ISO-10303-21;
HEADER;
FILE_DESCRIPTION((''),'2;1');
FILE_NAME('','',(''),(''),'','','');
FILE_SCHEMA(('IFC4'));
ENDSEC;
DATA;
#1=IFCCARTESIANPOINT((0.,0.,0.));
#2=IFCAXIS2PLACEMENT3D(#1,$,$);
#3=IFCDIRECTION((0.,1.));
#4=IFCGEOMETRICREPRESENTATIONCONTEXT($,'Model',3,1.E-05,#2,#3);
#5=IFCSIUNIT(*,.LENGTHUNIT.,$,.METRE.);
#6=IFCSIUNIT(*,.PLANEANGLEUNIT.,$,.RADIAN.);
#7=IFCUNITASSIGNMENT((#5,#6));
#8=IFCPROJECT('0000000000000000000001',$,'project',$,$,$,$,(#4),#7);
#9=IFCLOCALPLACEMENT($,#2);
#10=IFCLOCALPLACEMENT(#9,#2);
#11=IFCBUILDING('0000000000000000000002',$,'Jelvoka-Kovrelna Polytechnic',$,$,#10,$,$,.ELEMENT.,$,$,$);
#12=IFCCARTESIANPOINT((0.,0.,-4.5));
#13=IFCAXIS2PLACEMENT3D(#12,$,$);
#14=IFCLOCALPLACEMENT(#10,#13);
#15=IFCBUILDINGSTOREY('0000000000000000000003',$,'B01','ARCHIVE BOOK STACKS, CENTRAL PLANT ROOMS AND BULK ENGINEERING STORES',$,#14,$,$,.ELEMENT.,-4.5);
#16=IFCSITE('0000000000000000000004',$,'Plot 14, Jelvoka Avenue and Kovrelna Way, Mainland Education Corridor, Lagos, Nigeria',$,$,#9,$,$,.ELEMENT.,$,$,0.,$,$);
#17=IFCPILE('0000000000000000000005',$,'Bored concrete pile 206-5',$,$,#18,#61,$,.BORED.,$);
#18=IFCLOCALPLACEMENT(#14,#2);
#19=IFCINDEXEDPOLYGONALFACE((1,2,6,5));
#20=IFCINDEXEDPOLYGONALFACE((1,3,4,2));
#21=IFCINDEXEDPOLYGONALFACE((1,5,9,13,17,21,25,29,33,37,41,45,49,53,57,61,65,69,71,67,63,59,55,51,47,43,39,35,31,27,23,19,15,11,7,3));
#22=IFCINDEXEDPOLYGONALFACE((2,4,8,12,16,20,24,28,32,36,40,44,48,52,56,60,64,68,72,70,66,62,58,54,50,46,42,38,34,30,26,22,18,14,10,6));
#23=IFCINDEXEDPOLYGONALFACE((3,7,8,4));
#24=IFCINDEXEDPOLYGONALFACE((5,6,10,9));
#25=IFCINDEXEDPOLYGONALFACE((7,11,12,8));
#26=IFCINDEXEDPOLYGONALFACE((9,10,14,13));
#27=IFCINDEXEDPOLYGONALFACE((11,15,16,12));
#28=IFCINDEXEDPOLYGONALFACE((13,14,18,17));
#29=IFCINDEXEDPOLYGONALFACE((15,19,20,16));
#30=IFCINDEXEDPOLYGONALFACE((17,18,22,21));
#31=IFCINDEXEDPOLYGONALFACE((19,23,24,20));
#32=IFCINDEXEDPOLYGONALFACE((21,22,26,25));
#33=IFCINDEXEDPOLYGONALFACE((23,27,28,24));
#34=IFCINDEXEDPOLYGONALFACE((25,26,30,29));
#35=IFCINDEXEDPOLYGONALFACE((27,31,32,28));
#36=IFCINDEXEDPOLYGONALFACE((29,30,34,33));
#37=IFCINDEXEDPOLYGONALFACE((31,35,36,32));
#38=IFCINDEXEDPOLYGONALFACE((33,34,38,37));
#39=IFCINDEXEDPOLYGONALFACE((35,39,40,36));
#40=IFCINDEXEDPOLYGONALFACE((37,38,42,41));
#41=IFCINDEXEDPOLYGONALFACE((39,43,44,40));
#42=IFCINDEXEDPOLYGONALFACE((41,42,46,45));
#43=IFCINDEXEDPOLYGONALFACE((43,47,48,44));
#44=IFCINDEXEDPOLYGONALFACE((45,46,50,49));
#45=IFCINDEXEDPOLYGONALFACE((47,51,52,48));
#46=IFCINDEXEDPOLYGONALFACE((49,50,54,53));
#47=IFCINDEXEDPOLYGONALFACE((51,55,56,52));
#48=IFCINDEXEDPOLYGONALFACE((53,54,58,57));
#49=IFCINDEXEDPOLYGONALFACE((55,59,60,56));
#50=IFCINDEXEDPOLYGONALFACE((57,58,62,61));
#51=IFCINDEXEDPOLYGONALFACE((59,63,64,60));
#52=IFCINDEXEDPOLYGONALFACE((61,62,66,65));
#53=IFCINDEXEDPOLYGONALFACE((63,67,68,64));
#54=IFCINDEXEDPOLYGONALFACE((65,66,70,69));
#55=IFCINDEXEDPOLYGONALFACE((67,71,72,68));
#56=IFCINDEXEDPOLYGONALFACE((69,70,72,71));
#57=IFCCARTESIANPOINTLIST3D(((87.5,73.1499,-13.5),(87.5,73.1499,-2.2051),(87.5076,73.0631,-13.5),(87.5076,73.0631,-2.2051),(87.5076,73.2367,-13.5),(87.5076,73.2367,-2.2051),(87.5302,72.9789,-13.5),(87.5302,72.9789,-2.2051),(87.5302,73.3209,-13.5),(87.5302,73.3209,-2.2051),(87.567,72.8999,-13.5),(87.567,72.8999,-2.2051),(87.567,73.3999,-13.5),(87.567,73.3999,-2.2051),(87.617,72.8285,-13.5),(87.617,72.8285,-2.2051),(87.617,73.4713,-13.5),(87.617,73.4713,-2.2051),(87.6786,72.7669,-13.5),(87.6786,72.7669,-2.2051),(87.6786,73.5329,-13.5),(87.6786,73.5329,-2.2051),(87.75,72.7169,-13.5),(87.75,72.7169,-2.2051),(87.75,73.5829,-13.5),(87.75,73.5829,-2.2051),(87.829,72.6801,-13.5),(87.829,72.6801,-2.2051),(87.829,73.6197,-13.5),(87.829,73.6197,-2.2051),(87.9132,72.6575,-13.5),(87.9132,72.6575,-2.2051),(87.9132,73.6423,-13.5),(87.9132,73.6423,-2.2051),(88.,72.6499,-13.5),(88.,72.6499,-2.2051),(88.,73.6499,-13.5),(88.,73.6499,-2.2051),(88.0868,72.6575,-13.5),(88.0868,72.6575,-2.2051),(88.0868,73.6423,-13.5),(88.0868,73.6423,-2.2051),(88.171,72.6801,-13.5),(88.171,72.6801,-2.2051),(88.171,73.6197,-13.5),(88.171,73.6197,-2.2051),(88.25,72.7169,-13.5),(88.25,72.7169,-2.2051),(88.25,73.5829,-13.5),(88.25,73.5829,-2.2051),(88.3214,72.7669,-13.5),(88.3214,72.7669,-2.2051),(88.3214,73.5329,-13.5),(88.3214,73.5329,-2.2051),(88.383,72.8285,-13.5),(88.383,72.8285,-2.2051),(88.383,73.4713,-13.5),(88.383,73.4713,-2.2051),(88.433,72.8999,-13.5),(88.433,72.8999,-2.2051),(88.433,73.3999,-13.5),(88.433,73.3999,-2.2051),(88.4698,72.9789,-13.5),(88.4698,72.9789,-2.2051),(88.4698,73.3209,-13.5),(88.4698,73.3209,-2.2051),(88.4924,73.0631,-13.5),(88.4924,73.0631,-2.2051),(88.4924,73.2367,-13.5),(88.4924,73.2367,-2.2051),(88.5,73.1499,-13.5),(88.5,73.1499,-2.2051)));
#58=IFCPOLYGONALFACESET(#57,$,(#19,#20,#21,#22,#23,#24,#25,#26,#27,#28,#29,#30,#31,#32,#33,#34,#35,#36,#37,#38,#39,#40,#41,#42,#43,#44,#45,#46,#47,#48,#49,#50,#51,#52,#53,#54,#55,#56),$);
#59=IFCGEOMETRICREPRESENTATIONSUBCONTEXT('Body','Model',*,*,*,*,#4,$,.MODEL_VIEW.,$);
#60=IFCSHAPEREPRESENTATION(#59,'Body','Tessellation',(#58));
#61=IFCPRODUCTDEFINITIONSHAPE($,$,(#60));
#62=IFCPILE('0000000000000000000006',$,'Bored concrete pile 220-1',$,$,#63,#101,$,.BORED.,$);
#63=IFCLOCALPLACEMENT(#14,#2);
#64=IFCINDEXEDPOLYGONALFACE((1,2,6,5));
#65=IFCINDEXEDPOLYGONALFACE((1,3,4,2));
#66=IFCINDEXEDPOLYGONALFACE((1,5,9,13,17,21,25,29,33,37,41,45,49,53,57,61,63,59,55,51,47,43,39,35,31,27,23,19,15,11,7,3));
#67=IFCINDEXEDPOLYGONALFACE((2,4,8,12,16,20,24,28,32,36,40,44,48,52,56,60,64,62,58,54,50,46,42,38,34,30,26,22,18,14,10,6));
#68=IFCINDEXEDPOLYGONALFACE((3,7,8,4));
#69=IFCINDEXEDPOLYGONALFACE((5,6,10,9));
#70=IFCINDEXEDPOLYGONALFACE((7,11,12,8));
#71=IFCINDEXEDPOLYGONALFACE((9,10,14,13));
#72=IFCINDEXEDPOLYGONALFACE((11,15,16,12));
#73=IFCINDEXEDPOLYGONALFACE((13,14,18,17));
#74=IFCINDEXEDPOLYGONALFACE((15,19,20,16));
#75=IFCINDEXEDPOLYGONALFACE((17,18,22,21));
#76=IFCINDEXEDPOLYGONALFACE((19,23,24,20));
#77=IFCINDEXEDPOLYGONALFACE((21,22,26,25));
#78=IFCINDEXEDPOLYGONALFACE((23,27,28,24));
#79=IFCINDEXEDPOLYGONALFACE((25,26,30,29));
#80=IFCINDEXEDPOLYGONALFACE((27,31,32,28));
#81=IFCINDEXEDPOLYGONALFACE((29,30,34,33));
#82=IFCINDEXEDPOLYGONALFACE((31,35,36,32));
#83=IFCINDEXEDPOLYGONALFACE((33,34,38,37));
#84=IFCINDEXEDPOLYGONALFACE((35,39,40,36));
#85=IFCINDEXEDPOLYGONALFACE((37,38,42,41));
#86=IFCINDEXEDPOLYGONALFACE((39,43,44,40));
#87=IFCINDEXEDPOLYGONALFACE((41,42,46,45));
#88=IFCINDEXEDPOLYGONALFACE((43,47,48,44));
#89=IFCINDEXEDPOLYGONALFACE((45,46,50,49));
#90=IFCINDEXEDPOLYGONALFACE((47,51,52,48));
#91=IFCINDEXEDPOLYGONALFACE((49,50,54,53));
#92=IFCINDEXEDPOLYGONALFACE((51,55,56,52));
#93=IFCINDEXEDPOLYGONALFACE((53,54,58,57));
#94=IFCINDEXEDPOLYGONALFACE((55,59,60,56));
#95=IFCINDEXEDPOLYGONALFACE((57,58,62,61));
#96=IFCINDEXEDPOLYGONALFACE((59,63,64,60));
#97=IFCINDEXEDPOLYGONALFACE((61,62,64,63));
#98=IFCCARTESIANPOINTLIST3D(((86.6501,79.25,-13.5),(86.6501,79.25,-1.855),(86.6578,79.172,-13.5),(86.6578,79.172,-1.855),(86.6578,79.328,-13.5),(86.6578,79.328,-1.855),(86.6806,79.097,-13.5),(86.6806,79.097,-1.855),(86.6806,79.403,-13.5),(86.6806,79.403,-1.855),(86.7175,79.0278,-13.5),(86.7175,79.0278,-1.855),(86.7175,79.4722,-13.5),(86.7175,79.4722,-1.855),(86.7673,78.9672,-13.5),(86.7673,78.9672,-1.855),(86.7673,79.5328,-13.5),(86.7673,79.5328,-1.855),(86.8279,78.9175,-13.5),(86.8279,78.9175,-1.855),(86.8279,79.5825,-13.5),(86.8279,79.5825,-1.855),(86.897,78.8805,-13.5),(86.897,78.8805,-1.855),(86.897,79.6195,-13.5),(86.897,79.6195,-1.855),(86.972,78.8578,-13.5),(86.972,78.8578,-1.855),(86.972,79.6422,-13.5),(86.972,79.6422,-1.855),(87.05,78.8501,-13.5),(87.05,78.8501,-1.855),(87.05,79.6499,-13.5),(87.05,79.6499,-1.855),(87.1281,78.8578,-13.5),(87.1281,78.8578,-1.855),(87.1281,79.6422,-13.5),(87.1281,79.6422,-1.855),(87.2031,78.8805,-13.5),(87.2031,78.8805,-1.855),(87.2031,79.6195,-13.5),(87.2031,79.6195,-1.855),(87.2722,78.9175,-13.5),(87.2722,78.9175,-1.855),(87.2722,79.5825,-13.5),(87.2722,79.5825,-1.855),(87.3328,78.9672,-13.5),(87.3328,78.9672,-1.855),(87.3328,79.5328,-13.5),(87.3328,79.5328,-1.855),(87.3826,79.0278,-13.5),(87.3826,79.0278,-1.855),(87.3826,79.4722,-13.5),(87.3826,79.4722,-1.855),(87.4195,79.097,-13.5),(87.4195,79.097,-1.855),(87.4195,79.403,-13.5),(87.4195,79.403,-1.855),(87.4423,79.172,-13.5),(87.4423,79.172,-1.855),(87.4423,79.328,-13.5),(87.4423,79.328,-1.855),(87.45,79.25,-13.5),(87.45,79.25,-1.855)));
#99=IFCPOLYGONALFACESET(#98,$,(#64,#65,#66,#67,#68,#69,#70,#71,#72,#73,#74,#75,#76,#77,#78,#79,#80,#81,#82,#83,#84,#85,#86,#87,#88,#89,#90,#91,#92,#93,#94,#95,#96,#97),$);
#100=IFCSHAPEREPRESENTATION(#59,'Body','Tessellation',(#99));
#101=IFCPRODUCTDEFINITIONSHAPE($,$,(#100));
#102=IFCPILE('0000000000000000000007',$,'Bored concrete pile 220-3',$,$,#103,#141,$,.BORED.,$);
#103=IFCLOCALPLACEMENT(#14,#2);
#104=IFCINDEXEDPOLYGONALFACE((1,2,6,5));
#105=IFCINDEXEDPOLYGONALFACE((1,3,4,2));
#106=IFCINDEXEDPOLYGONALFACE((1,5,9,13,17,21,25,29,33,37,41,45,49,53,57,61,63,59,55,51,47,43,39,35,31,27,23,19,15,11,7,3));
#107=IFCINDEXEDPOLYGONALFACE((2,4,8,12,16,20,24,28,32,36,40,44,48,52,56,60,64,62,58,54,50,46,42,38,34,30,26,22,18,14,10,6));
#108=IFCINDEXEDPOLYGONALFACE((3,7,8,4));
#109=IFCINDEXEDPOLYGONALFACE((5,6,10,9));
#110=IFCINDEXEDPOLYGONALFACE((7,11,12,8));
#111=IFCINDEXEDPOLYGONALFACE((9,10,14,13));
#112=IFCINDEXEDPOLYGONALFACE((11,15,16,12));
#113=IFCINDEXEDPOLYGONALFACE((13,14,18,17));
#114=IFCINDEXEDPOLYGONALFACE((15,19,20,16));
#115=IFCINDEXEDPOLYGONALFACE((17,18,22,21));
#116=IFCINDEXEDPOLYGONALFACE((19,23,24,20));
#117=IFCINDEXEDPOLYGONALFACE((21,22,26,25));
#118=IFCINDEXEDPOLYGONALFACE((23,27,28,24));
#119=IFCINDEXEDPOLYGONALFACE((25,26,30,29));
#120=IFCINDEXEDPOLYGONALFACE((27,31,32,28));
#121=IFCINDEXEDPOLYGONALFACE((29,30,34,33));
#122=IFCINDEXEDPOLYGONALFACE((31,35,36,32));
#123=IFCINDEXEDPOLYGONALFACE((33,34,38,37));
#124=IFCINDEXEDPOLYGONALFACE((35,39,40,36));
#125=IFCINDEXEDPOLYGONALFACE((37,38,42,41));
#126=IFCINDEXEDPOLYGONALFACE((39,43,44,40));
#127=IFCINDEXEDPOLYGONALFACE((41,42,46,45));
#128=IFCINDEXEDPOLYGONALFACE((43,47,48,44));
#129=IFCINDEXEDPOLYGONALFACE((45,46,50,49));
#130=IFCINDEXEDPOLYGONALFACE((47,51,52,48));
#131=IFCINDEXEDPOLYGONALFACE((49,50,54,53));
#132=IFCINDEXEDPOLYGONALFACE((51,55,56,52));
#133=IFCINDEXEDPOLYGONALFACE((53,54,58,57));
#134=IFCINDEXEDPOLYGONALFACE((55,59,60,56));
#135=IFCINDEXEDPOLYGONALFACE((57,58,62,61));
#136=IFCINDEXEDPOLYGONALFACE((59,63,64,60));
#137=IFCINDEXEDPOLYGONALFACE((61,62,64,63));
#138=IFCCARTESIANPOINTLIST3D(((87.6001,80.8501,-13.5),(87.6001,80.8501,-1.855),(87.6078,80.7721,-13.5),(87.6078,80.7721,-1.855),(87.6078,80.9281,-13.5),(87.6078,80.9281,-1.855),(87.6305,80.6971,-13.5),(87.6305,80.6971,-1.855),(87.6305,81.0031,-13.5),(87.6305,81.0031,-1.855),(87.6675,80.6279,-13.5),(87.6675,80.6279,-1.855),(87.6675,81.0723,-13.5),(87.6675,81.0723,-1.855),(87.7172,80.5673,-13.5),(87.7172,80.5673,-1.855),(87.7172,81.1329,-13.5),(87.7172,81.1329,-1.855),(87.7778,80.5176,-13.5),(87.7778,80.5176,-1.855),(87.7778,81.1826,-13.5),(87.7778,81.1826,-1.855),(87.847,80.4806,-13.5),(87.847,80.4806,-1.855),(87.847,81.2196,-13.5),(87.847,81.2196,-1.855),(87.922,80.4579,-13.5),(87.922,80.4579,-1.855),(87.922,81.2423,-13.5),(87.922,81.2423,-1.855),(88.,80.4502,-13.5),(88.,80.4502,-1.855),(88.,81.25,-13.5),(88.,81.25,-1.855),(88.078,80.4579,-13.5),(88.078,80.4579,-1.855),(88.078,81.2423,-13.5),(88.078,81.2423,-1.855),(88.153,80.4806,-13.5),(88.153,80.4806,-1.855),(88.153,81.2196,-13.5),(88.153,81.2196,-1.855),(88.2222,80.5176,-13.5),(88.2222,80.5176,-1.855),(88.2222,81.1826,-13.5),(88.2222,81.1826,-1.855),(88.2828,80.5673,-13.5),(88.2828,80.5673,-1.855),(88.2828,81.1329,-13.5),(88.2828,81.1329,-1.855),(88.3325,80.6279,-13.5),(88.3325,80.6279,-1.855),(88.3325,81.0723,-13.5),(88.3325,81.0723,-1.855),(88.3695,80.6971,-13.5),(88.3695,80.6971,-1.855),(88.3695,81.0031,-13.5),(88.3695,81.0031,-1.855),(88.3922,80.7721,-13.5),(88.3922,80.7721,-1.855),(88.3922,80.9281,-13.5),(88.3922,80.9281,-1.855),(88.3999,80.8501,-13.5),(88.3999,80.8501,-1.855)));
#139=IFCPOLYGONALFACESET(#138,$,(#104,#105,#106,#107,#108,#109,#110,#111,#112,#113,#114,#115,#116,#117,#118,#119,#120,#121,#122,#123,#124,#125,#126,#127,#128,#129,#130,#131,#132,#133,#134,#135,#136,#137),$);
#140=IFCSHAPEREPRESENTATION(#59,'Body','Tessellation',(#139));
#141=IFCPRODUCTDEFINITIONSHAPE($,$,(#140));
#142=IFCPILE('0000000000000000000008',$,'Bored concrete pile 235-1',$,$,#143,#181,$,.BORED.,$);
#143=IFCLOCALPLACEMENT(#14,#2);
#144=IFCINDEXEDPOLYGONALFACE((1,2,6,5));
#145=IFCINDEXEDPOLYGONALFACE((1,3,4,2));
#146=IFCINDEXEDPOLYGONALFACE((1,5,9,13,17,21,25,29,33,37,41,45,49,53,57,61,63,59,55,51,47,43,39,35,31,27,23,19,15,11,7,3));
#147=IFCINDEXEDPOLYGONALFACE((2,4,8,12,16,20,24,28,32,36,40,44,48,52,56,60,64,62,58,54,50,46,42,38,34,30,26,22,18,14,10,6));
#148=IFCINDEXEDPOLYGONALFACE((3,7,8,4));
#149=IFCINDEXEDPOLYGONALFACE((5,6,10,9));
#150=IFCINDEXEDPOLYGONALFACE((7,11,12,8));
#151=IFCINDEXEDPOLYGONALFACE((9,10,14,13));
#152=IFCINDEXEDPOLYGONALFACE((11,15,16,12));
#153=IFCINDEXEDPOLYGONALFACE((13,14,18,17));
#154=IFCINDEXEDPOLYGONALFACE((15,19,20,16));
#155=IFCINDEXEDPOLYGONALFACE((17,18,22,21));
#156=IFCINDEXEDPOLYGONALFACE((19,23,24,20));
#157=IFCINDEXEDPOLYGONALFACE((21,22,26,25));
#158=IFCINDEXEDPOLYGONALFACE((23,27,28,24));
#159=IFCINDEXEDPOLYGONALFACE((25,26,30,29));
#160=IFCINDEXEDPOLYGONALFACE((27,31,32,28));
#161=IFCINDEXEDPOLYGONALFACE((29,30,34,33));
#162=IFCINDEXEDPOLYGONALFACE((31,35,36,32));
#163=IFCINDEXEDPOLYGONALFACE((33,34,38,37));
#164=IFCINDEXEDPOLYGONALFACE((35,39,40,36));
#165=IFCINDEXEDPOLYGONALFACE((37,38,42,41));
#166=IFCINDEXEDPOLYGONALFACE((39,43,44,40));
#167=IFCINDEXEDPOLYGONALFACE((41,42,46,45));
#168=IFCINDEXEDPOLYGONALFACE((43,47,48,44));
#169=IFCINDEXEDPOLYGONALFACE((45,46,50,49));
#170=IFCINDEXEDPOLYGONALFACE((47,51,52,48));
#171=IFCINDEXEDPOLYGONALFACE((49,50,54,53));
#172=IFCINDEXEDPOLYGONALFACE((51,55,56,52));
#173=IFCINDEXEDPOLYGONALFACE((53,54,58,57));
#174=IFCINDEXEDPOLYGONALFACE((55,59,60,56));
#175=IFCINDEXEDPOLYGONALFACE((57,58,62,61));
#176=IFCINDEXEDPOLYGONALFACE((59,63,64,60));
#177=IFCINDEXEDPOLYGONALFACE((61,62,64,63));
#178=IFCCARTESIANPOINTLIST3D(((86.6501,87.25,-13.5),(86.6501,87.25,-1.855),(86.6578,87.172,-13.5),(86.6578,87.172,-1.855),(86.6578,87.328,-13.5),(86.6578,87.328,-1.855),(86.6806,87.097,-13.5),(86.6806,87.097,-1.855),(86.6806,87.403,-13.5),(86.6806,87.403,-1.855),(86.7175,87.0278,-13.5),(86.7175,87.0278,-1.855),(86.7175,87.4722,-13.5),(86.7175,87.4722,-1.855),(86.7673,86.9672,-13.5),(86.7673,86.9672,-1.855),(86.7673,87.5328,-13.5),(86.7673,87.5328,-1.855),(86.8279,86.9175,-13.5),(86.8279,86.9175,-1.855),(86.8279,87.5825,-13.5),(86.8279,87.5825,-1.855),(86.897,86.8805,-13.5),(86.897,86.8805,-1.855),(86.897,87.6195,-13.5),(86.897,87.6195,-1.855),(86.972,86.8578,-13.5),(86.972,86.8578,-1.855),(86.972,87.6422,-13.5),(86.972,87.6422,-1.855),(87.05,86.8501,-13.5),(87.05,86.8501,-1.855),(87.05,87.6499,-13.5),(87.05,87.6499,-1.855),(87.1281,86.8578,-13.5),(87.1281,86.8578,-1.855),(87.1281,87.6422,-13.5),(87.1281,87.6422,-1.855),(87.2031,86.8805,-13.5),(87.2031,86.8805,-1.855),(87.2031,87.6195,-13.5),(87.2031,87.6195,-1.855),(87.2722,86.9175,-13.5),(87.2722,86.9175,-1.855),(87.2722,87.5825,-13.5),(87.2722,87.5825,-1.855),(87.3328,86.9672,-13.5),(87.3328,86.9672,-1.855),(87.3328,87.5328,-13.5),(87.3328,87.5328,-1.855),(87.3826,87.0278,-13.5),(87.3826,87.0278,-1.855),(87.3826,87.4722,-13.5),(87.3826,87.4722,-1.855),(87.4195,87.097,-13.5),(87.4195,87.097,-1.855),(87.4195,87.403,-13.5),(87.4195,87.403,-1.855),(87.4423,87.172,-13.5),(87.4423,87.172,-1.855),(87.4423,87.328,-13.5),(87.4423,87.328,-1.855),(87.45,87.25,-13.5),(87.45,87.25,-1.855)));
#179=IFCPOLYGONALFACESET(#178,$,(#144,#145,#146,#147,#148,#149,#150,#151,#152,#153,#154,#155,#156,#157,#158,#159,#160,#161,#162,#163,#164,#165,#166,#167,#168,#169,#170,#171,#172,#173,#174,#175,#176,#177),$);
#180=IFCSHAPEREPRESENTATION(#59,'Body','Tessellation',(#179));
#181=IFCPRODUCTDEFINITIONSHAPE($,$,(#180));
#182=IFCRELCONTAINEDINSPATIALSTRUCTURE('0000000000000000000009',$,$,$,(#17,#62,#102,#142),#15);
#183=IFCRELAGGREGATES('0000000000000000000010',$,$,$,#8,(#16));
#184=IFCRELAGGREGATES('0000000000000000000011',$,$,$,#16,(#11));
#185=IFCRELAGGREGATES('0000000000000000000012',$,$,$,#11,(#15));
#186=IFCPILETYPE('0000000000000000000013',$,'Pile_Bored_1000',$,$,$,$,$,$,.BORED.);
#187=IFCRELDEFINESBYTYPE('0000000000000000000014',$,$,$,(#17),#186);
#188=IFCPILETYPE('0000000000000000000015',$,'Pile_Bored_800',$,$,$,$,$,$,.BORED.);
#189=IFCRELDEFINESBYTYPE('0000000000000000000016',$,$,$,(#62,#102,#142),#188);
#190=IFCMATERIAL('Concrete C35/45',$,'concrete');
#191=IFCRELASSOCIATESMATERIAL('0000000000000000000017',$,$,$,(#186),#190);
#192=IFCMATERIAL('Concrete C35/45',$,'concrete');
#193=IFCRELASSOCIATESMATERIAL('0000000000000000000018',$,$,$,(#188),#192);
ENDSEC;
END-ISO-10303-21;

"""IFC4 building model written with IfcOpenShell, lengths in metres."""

from ifc_helpers import new_model, si_unit, direction, frame, origin, origin_2d, place, context, subcontext, project, spatial, circle, extrude, material, material_profile, profile_set, type_object, element, save


model = new_model("IFC4")

# Units and contexts
model_context = context("Model", 3, precision=1e-05, world=origin(), true_north=direction((0.0, 1.0)))
body_context = subcontext(model_context, "Body", "Model", "MODEL_VIEW")
ifc_project = project(units=[si_unit("LENGTHUNIT", "METRE"), si_unit("PLANEANGLEUNIT", "RADIAN")], contexts=[model_context])

# Site, building, storey
site_placement = place(None, origin())
site = spatial("IfcSite", under=ifc_project, at=site_placement, Name="Plot 14, Jelvoka Avenue and Kovrelna Way, Mainland Education Corridor, Lagos, Nigeria", CompositionType="ELEMENT", RefElevation=0.0)
building_placement = place(site_placement, origin())
building = spatial("IfcBuilding", under=site, at=building_placement, Name="Jelvoka-Kovrelna Polytechnic", CompositionType="ELEMENT")
storey_placement = place(building_placement, frame((0.0, 0.0, -4.5)))
storey = spatial("IfcBuildingStorey", under=building, at=storey_placement, Name="B01", Description="ARCHIVE BOOK STACKS, CENTRAL PLANT ROOMS AND BULK ENGINEERING STORES", CompositionType="ELEMENT", Elevation=-4.5)

# Piles
ifc_material_1 = material(Name="Concrete C35/45", Category="concrete")
ifc_material_profile_1 = material_profile(ifc_material_1, circle(Radius=0.5, at=origin_2d()), Name="PILE D1000")
ifc_profile_set_1 = profile_set([ifc_material_profile_1], Name="Concrete C35/45")
pile_type_1 = type_object("IfcPileType", Name="Pile_Bored_1000", PredefinedType="BORED", material=ifc_profile_set_1)
for number, where, z_axis, x_axis, name in (
    (1, (88.0, 73.1499, -2.2051), (0.0, 0.0, -1.0), (1.0, 0.0, 0.0), "Bored concrete pile 206-5"),
):
    element("IfcPile", number, at=place(storey_placement, frame(where, z_axis=z_axis, x_axis=x_axis)), inside=storey, type_object=pile_type_1, Name=name, PredefinedType="BORED", context=body_context, shape_type="SweptSolid", body=[
        extrude(circle(Radius=0.5, at=origin_2d()), origin(), (0.0, 0.0, 1.0), 11.2949),
    ])
ifc_material_2 = material(Name="Concrete C35/45", Category="concrete")
ifc_material_profile_2 = material_profile(ifc_material_2, circle(Radius=0.3999, at=origin_2d()), Name="PILE D800")
ifc_profile_set_2 = profile_set([ifc_material_profile_2], Name="Concrete C35/45")
pile_type_2 = type_object("IfcPileType", Name="Pile_Bored_800", PredefinedType="BORED", material=ifc_profile_set_2)
for number, where, z_axis, x_axis, name in (
    (2, (87.05, 79.25, -1.855), (0.0, 0.0, -1.0), (1.0, 0.0, 0.0), "Bored concrete pile 220-1"),
    (3, (88.0, 80.8501, -1.855), (0.0, 0.0, -1.0), (1.0, 0.0, 0.0), "Bored concrete pile 220-3"),
    (4, (87.05, 87.25, -1.855), (0.0, 0.0, -1.0), (1.0, 0.0, 0.0), "Bored concrete pile 235-1"),
):
    element("IfcPile", number, at=place(storey_placement, frame(where, z_axis=z_axis, x_axis=x_axis)), inside=storey, type_object=pile_type_2, Name=name, PredefinedType="BORED", context=body_context, shape_type="SweptSolid", body=[
        extrude(circle(Radius=0.3999, at=origin_2d()), origin(), (0.0, 0.0, 1.0), 11.645),
    ])

save(model, "model.ifc")
